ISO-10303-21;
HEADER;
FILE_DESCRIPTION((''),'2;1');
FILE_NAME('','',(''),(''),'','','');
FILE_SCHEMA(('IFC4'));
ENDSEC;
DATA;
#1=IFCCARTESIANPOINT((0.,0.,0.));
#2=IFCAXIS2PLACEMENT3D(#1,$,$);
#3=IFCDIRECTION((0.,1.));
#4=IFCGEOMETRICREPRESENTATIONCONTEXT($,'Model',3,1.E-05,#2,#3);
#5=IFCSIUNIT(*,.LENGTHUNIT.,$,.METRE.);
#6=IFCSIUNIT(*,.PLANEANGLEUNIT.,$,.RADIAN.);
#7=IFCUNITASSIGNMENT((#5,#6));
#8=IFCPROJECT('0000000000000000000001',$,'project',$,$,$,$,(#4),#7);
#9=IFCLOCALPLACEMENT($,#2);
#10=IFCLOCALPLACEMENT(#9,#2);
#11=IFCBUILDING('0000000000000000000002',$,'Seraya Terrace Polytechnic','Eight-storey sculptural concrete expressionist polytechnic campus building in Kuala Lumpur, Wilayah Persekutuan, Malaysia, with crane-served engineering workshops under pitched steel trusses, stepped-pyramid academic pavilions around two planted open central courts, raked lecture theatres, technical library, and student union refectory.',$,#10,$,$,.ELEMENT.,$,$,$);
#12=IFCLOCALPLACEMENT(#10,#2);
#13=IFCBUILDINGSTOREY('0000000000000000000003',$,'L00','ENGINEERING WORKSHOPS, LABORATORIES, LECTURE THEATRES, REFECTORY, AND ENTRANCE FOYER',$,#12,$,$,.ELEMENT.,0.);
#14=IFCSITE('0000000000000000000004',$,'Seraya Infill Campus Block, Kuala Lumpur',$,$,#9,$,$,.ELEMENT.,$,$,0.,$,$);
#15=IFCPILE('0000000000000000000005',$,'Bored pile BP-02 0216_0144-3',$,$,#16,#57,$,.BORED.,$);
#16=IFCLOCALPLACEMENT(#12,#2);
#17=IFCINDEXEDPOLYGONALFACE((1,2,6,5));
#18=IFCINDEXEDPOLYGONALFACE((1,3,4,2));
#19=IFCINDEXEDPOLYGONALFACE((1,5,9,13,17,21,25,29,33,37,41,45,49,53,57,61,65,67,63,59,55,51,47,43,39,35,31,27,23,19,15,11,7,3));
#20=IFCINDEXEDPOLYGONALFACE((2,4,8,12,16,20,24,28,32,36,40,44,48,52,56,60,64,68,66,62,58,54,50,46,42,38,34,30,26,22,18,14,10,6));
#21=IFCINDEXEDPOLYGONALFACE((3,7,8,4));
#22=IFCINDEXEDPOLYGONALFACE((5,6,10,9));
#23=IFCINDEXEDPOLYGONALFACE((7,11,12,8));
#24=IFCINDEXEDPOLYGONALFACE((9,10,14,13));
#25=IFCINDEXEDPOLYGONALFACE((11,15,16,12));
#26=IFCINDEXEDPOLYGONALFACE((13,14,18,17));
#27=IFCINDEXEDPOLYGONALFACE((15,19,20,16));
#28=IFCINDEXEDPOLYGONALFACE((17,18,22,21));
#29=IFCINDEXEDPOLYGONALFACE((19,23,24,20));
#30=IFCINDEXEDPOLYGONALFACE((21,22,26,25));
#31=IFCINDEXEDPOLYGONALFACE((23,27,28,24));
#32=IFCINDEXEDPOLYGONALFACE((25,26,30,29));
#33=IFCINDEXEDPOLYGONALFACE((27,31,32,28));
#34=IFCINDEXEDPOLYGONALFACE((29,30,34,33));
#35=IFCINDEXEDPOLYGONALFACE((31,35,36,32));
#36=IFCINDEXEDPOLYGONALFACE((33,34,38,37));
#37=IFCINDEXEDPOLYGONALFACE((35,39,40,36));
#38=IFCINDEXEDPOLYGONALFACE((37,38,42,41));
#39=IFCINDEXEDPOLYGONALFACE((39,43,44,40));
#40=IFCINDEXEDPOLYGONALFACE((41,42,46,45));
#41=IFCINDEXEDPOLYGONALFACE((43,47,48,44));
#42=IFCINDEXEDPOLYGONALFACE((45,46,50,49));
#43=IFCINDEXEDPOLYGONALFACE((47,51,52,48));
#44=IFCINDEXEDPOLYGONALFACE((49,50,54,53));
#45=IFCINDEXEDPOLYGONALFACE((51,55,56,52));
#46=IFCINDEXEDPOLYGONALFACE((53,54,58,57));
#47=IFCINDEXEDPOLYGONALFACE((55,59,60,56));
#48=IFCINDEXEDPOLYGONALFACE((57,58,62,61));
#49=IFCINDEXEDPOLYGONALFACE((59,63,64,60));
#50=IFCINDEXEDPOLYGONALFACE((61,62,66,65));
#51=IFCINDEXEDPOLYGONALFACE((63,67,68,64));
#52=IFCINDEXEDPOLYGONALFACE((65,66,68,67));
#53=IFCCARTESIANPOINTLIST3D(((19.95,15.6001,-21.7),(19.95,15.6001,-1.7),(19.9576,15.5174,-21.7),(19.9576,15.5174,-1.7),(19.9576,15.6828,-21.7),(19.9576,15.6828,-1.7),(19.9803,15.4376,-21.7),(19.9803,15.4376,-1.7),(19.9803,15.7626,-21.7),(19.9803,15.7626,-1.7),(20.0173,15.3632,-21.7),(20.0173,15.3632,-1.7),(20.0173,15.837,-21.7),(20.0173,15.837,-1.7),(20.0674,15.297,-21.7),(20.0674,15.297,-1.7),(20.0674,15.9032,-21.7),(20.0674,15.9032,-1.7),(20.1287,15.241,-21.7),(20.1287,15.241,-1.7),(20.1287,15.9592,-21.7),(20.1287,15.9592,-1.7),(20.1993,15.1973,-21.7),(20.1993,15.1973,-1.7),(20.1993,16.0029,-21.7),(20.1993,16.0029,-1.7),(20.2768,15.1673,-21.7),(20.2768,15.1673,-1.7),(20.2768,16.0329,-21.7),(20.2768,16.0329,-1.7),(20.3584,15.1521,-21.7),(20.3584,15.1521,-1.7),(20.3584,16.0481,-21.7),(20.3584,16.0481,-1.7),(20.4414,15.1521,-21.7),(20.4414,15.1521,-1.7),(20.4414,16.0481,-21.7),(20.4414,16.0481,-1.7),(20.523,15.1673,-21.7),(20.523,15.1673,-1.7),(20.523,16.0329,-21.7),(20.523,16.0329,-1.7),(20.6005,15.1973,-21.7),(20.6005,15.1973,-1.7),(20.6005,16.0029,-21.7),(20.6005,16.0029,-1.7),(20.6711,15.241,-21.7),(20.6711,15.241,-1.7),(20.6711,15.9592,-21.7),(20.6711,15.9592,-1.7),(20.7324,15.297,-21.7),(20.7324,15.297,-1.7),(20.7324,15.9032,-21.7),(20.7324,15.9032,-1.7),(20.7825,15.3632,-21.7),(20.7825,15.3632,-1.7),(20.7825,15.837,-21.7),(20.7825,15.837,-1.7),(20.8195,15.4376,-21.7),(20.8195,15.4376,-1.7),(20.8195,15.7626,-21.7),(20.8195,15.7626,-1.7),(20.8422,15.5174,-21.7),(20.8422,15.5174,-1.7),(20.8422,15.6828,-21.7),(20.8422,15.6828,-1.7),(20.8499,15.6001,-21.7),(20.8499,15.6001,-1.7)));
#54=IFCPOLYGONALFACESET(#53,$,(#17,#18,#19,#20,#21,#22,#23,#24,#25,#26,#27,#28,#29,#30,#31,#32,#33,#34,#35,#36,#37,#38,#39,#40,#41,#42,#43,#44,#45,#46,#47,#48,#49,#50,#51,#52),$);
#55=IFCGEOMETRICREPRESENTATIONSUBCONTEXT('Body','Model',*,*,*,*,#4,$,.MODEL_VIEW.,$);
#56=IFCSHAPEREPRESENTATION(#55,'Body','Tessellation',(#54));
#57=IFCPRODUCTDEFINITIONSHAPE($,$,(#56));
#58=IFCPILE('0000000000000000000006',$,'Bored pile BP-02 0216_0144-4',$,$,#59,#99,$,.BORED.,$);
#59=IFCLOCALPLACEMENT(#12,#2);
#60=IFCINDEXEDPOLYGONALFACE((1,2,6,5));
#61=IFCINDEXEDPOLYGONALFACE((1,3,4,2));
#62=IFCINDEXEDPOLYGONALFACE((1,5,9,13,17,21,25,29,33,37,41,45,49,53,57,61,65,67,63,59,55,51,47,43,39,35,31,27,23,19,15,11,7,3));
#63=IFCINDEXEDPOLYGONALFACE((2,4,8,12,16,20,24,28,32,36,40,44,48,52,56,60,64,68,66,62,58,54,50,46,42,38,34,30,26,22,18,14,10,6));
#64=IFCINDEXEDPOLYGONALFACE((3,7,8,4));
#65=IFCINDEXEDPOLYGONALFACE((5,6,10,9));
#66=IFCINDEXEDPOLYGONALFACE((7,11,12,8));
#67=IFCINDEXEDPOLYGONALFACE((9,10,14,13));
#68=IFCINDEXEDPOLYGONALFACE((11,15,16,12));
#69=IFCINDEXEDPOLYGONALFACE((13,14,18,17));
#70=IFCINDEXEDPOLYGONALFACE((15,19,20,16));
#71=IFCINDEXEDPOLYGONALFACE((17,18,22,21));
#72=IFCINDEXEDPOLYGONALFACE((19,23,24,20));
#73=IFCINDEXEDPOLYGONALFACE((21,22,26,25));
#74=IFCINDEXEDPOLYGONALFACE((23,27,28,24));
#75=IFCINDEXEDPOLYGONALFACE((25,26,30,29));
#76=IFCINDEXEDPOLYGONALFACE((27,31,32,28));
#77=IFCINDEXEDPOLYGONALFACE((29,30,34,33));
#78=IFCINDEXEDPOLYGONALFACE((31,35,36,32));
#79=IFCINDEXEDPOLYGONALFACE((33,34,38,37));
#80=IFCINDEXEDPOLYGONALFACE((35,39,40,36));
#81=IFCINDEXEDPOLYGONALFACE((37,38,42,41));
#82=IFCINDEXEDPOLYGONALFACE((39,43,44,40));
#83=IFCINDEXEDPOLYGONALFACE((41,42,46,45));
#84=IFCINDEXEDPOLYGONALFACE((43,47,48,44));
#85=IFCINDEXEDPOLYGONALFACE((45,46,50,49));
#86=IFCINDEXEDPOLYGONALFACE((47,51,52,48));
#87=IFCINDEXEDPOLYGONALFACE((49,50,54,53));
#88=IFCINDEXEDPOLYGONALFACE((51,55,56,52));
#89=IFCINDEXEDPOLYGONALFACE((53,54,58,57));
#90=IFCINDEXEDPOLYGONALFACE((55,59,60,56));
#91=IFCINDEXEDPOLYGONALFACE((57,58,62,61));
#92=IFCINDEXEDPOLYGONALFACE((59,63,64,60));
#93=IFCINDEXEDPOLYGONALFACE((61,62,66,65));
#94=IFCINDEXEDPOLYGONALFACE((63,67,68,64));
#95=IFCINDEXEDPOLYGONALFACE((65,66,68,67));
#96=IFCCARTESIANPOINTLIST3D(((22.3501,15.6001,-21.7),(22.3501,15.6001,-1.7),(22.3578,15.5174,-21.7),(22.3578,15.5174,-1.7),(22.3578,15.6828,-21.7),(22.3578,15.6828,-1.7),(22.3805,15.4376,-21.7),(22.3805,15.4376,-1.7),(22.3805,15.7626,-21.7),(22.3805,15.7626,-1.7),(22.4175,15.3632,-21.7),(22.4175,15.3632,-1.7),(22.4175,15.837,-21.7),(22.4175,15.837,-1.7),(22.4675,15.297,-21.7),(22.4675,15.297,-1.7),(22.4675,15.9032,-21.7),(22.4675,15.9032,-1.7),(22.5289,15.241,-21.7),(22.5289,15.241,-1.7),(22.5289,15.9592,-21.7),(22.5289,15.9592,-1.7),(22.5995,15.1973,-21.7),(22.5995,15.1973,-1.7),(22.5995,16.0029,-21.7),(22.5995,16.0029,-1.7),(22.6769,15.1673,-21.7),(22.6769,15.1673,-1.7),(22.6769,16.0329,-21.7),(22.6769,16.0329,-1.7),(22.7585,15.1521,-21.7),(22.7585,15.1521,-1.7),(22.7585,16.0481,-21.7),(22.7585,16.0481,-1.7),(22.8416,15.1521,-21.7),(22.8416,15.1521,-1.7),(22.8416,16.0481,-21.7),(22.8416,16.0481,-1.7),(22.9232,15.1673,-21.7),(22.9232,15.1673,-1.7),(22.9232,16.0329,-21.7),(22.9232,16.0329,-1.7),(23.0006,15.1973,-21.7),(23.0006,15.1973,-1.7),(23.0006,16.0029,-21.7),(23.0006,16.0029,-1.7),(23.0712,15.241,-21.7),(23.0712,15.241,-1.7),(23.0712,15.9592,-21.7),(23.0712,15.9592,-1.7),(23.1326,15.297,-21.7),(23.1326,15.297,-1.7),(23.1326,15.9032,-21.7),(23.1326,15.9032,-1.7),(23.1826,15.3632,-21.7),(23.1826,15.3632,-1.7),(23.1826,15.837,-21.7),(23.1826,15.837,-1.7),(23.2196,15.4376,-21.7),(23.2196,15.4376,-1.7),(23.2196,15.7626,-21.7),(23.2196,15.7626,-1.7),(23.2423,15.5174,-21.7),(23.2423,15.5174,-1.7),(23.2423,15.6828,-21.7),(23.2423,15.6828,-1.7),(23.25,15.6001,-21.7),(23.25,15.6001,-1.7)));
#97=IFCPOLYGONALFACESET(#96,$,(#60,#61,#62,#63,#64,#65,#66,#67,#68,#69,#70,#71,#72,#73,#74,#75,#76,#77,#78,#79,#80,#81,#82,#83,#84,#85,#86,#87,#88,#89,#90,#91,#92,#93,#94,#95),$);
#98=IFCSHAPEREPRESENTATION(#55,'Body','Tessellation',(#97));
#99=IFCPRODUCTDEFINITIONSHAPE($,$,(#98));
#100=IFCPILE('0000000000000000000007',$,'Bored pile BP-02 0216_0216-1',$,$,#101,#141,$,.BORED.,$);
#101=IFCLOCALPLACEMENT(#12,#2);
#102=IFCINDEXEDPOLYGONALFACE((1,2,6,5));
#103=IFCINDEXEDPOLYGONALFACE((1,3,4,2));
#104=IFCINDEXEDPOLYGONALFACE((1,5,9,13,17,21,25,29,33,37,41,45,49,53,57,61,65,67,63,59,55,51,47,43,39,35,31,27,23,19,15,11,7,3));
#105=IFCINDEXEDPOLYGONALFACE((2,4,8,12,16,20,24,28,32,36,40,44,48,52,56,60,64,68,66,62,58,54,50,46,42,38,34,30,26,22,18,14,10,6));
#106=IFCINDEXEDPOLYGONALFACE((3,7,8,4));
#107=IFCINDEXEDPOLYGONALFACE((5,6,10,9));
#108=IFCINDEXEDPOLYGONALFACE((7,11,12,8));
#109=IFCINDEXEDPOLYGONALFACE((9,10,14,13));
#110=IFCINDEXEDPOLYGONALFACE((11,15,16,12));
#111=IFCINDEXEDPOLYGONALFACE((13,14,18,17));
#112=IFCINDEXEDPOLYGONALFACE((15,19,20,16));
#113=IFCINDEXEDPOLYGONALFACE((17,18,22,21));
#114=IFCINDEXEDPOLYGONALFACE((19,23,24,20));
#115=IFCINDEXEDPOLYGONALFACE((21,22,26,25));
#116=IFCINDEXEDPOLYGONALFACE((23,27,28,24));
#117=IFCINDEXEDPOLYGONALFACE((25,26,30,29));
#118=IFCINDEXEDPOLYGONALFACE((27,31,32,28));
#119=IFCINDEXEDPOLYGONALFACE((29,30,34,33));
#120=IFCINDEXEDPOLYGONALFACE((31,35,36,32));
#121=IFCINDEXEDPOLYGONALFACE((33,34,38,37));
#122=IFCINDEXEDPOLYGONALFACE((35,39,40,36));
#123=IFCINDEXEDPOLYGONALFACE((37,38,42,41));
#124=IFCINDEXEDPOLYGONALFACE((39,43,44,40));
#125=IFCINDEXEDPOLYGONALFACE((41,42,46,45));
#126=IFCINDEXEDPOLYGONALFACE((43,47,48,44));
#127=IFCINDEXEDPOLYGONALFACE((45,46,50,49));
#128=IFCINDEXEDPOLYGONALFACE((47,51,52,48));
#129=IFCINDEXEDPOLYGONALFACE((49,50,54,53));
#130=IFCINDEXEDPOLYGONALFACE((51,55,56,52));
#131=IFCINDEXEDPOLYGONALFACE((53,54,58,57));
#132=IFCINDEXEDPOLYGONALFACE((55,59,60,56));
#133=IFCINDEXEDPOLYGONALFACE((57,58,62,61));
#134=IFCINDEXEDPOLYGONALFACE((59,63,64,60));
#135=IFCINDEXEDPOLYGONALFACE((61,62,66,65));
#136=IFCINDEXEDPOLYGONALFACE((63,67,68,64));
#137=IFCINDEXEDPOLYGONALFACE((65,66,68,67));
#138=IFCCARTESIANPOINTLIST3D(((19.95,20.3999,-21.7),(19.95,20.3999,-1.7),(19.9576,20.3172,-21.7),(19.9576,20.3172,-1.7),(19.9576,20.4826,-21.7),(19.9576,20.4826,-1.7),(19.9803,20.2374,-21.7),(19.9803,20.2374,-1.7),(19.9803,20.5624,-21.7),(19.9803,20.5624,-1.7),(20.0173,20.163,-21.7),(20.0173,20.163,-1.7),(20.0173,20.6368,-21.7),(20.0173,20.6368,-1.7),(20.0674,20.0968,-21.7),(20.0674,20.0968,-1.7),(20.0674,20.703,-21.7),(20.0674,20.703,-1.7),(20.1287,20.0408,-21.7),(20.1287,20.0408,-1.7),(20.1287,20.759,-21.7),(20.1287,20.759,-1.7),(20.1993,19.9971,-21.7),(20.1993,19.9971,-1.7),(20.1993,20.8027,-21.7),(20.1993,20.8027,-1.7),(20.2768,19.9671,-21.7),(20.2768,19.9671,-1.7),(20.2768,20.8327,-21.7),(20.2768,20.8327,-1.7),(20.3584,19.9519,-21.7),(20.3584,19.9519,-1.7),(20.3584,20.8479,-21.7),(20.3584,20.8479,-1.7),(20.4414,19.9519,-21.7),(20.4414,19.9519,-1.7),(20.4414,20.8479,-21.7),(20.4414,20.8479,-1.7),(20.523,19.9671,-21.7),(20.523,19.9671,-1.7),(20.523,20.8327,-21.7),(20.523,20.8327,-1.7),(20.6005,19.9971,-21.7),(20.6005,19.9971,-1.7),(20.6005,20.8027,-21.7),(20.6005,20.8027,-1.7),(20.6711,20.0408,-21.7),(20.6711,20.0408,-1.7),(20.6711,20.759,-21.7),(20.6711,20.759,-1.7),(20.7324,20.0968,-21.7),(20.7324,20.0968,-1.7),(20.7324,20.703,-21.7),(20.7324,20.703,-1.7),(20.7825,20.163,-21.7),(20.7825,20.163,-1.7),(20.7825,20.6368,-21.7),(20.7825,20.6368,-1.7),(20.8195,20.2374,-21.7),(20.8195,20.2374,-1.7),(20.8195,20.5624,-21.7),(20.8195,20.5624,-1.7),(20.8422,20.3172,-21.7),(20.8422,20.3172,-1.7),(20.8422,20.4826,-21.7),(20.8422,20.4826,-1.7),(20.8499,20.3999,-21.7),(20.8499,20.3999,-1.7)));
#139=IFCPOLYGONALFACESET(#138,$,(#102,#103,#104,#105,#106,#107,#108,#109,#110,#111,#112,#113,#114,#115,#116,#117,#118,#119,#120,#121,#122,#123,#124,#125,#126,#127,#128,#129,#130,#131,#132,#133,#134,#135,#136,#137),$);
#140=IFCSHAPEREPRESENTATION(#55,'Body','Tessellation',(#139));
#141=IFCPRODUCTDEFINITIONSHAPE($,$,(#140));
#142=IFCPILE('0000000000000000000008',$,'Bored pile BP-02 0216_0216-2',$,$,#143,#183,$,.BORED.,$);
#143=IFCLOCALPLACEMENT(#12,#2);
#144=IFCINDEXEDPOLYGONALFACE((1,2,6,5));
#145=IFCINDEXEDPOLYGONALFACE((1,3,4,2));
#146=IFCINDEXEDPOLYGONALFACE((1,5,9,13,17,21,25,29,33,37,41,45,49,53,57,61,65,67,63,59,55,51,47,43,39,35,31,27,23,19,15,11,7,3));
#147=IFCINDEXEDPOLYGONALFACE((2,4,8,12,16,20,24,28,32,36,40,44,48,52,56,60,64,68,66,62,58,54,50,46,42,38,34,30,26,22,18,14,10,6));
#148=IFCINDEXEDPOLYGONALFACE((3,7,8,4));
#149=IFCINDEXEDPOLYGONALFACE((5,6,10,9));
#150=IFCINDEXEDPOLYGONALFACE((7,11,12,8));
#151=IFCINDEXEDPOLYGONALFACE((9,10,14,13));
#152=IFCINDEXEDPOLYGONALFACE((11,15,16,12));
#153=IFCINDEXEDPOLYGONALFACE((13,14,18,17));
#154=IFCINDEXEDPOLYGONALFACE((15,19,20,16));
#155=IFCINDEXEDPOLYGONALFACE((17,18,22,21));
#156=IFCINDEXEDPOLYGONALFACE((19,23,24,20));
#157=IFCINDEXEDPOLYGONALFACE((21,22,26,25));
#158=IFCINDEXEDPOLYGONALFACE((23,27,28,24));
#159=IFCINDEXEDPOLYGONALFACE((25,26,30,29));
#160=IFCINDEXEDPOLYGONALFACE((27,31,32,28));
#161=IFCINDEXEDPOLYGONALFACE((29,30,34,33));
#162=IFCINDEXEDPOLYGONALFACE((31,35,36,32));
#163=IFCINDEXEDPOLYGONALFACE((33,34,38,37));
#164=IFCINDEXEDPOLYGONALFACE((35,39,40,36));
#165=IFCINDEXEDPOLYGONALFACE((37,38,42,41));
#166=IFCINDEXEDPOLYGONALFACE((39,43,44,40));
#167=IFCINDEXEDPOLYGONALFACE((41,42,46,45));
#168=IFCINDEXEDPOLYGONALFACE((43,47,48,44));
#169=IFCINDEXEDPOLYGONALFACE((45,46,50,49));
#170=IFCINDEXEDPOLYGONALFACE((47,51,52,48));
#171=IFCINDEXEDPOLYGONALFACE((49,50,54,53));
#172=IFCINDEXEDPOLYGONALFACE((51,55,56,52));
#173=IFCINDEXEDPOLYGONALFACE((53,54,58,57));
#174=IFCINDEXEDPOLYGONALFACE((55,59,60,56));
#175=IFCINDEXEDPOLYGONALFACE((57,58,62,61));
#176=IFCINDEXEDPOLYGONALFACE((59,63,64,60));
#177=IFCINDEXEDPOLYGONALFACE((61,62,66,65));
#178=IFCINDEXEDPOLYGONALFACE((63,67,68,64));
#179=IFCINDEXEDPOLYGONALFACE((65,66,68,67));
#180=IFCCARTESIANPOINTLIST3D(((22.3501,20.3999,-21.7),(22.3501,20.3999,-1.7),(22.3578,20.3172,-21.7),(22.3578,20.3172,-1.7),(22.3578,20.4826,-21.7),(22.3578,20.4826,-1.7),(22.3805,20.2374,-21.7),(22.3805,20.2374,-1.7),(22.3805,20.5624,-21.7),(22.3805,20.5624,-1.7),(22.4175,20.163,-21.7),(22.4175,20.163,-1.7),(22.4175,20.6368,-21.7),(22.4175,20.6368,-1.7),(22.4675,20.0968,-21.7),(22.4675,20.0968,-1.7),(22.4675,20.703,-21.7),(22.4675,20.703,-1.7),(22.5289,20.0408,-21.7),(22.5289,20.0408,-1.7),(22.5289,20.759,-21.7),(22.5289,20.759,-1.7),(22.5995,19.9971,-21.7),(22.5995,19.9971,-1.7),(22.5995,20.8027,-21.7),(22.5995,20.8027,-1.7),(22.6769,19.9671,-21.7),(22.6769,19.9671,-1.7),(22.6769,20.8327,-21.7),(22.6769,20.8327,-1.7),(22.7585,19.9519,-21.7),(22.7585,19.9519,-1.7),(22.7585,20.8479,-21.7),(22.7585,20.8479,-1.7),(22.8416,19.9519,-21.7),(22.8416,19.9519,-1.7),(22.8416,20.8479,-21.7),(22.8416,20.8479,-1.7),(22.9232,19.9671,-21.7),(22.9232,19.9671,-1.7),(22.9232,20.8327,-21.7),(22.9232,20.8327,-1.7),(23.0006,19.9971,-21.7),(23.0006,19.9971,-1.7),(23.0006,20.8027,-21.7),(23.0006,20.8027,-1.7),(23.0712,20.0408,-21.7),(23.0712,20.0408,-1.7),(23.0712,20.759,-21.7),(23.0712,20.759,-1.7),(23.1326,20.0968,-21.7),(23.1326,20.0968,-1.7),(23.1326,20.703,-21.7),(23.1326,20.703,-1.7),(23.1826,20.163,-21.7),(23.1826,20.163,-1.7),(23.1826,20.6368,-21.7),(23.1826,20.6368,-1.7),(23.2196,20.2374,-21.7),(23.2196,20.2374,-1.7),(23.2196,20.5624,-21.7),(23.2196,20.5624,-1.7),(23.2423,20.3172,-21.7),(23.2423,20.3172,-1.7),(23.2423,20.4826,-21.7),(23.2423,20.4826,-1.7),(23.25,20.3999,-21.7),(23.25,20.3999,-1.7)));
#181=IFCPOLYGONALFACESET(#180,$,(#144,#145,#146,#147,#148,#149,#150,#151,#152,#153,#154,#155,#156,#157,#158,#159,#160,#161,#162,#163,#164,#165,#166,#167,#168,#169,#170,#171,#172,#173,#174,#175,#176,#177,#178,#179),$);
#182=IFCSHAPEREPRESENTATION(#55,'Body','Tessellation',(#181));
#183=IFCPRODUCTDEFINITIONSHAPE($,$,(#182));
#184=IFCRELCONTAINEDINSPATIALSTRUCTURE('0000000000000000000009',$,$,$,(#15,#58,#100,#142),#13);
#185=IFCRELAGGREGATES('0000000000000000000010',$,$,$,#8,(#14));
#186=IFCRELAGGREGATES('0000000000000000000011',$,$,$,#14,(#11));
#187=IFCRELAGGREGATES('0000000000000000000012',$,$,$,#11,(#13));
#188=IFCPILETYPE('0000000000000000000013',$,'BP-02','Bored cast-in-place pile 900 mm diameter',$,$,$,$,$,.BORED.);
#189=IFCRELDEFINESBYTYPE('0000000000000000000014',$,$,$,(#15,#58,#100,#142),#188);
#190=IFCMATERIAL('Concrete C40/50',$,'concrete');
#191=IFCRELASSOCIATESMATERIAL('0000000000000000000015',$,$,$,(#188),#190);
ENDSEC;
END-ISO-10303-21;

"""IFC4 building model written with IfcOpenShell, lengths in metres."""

from ifc_helpers import new_model, si_unit, direction, frame, origin, origin_2d, place, context, subcontext, project, spatial, circle, extrude, material, material_profile, profile_set, type_object, element, save


model = new_model("IFC4")

# Units and contexts
model_context = context("Model", 3, precision=1e-05, world=origin(), true_north=direction((0.0, 1.0)))
body_context = subcontext(model_context, "Body", "Model", "MODEL_VIEW")
ifc_project = project(units=[si_unit("LENGTHUNIT", "METRE"), si_unit("PLANEANGLEUNIT", "RADIAN")], contexts=[model_context])

# Site, building, storey
site_placement = place(None, origin())
site = spatial("IfcSite", under=ifc_project, at=site_placement, Name="Seraya Infill Campus Block, Kuala Lumpur", CompositionType="ELEMENT", RefElevation=0.0)
building_placement = place(site_placement, origin())
building = spatial("IfcBuilding", under=site, at=building_placement, Name="Seraya Terrace Polytechnic", Description="Eight-storey sculptural concrete expressionist polytechnic campus building in Kuala Lumpur, Wilayah Persekutuan, Malaysia, with crane-served engineering workshops under pitched steel trusses, stepped-pyramid academic pavilions around two planted open central courts, raked lecture theatres, technical library, and student union refectory.", CompositionType="ELEMENT")
storey_placement = place(building_placement, origin())
storey = spatial("IfcBuildingStorey", under=building, at=storey_placement, Name="L00", Description="ENGINEERING WORKSHOPS, LABORATORIES, LECTURE THEATRES, REFECTORY, AND ENTRANCE FOYER", CompositionType="ELEMENT", Elevation=0.0)

# Piles
ifc_material_1 = material(Name="Concrete C40/50", Category="concrete")
ifc_material_profile_1 = material_profile(ifc_material_1, circle(Radius=0.45, at=origin_2d()), Name="DIA 900")
ifc_profile_set_1 = profile_set([ifc_material_profile_1], Name="Concrete C40/50")
pile_type = type_object("IfcPileType", Name="BP-02", Description="Bored cast-in-place pile 900 mm diameter", PredefinedType="BORED", material=ifc_profile_set_1)
for number, where, z_axis, x_axis, name in (
    (1, (20.3999, 15.6001, -1.7), (0.0, 0.0, -1.0), (1.0, 0.0, 0.0), "Bored pile BP-02 0216_0144-3"),
    (2, (22.8, 15.6001, -1.7), (0.0, 0.0, -1.0), (1.0, 0.0, 0.0), "Bored pile BP-02 0216_0144-4"),
    (3, (20.3999, 20.3999, -1.7), (0.0, 0.0, -1.0), (1.0, 0.0, 0.0), "Bored pile BP-02 0216_0216-1"),
    (4, (22.8, 20.3999, -1.7), (0.0, 0.0, -1.0), (1.0, 0.0, 0.0), "Bored pile BP-02 0216_0216-2"),
):
    element("IfcPile", number, at=place(storey_placement, frame(where, z_axis=z_axis, x_axis=x_axis)), inside=storey, type_object=pile_type, Name=name, PredefinedType="BORED", context=body_context, shape_type="SweptSolid", body=[
        extrude(circle(Radius=0.45, at=origin_2d()), origin(), (0.0, 0.0, 1.0), 20.0),
    ])

save(model, "model.ifc")
